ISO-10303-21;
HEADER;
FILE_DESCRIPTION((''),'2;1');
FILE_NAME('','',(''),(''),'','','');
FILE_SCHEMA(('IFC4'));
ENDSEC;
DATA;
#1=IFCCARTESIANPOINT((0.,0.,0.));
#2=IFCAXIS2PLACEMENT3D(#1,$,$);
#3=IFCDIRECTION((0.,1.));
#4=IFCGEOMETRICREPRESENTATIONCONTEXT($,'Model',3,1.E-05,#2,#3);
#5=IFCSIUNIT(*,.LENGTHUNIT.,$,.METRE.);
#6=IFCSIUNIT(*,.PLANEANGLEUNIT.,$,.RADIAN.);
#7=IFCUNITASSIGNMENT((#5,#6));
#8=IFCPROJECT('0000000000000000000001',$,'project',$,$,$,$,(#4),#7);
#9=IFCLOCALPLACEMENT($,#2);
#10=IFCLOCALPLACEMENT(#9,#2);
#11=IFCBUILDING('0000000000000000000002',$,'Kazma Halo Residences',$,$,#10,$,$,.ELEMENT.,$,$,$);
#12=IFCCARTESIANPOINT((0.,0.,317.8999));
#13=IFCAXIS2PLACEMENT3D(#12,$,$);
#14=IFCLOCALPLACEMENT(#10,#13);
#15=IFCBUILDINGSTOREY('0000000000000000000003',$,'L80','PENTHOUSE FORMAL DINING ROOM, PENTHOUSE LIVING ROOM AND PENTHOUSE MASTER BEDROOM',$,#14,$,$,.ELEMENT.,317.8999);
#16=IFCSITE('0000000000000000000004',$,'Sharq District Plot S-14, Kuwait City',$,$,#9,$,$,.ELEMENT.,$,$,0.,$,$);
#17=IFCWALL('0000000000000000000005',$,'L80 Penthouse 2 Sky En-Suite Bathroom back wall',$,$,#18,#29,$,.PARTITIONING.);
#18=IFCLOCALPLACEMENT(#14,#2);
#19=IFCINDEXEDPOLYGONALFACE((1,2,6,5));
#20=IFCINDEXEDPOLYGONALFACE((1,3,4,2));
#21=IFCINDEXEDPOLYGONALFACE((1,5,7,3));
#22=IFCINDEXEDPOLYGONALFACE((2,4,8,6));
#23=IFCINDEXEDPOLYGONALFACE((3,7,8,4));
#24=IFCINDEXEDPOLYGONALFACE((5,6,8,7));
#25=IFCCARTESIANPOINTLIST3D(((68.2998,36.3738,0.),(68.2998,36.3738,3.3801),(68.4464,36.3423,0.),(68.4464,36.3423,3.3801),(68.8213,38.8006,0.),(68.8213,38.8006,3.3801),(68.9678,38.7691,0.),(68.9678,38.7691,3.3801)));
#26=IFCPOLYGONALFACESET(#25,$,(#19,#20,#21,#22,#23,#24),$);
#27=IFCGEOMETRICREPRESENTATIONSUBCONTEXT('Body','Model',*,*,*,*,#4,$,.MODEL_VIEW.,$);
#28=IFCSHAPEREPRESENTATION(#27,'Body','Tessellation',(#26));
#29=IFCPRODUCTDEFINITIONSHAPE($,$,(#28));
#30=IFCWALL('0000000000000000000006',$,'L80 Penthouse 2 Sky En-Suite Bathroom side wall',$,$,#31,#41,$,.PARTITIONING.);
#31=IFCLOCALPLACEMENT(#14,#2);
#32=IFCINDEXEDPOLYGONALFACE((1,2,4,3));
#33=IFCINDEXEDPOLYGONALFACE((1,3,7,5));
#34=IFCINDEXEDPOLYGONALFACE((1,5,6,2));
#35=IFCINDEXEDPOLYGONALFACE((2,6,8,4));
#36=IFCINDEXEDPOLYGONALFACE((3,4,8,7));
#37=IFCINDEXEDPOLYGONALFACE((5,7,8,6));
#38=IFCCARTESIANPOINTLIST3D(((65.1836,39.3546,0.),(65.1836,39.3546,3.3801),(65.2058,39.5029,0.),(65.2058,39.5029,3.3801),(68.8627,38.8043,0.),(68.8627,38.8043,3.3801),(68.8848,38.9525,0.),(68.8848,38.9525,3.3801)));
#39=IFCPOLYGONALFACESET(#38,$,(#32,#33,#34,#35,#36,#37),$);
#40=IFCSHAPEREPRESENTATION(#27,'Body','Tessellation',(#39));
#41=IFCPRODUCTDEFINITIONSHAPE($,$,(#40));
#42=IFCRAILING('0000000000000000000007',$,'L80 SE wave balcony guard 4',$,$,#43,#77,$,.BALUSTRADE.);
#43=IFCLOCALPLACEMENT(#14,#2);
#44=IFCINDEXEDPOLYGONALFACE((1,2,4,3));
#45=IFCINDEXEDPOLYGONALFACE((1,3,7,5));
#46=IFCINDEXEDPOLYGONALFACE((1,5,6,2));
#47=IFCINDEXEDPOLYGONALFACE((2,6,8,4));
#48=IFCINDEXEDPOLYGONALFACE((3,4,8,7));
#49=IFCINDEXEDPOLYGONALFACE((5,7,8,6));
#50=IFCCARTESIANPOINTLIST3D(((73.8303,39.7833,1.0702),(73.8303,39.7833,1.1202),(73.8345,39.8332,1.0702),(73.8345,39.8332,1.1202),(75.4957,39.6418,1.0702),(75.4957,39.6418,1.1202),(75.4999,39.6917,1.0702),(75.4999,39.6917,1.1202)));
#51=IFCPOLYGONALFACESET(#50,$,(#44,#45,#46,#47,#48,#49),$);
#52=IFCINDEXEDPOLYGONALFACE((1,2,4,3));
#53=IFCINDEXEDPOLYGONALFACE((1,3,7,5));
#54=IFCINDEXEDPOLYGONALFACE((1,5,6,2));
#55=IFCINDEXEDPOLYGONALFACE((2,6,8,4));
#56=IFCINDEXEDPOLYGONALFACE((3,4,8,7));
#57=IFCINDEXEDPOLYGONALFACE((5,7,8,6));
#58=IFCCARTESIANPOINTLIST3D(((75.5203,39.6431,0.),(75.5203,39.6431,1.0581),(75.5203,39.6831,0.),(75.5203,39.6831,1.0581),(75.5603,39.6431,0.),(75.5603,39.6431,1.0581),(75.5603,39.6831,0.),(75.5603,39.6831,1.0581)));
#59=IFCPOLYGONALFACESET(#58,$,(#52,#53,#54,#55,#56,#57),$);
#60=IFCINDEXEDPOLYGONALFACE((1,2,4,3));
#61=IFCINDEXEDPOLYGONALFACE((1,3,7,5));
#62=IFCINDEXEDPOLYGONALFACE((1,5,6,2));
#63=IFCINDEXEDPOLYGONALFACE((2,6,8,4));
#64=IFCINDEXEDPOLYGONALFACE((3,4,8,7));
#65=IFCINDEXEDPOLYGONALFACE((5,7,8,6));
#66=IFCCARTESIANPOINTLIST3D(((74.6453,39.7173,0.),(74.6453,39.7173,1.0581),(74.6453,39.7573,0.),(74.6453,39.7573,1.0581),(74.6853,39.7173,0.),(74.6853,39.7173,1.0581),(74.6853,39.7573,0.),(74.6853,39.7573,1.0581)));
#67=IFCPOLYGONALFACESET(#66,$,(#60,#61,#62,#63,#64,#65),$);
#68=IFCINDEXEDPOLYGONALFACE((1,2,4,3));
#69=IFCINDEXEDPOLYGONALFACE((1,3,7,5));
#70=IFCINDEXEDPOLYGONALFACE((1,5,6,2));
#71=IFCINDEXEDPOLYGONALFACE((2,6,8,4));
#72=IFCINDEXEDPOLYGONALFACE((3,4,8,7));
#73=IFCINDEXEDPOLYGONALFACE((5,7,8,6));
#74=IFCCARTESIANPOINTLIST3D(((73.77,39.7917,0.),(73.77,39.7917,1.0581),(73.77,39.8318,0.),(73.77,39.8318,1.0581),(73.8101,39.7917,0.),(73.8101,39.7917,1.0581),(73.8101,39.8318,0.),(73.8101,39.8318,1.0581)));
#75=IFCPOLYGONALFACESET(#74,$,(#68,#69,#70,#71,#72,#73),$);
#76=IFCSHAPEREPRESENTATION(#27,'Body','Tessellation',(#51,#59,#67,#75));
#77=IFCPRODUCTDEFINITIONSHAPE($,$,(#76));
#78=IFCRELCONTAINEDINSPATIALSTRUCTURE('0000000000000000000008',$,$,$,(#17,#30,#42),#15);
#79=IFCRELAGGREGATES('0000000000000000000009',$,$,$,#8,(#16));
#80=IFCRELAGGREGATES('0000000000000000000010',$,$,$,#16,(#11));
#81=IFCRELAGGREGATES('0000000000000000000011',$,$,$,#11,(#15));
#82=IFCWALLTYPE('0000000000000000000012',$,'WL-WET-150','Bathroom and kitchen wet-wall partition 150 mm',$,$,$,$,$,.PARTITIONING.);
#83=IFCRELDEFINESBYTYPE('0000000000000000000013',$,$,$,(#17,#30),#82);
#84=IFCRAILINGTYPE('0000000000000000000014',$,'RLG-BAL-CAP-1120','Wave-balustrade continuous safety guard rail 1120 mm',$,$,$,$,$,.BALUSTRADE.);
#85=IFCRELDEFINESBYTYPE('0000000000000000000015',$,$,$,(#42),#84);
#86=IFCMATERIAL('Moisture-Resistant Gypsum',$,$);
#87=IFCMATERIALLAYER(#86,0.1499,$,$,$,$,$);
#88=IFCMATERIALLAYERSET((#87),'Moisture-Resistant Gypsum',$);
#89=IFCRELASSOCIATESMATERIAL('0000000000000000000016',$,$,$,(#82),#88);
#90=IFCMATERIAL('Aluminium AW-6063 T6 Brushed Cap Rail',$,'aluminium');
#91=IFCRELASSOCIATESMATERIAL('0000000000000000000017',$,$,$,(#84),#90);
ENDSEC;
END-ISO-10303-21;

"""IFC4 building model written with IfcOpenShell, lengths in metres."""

from ifc_helpers import new_model, si_unit, direction, frame, frame_2d, origin, origin_2d, place, context, subcontext, project, spatial, rectangle, extrude, material, layer, layer_set, type_object, element, save


model = new_model("IFC4")

# Units and contexts
model_context = context("Model", 3, precision=1e-05, world=origin(), true_north=direction((0.0, 1.0)))
body_context = subcontext(model_context, "Body", "Model", "MODEL_VIEW")
ifc_project = project(units=[si_unit("LENGTHUNIT", "METRE"), si_unit("PLANEANGLEUNIT", "RADIAN")], contexts=[model_context])

# Site, building, storey
site_placement = place(None, origin())
site = spatial("IfcSite", under=ifc_project, at=site_placement, Name="Sharq District Plot S-14, Kuwait City", CompositionType="ELEMENT", RefElevation=0.0)
building_placement = place(site_placement, origin())
building = spatial("IfcBuilding", under=site, at=building_placement, Name="Kazma Halo Residences", CompositionType="ELEMENT")
storey_placement = place(building_placement, frame((0.0, 0.0, 317.8999)))
storey = spatial("IfcBuildingStorey", under=building, at=storey_placement, Name="L80", Description="PENTHOUSE FORMAL DINING ROOM, PENTHOUSE LIVING ROOM AND PENTHOUSE MASTER BEDROOM", CompositionType="ELEMENT", Elevation=317.8999)

# Shared definitions
ifc_material_1 = material(Name="Moisture-Resistant Gypsum")
ifc_layer_1 = layer(ifc_material_1, 0.1499)
ifc_layer_set_1 = layer_set([ifc_layer_1], Name="Moisture-Resistant Gypsum")
wall_type_1 = type_object("IfcWallType", Name="WL-WET-150", Description="Bathroom and kitchen wet-wall partition 150 mm", PredefinedType="PARTITIONING", material=ifc_layer_set_1)

# Walls
wall_1_placement = place(storey_placement, frame((68.373, 36.3579, 0.0), z_axis=(0.0, 0.0, 1.0), x_axis=(0.210093, 0.977681, 0.0)))
element("IfcWall", 1, at=wall_1_placement, inside=storey, type_object=wall_type_1, Name="L80 Penthouse 2 Sky En-Suite Bathroom back wall", PredefinedType="PARTITIONING", context=body_context, shape_type="SweptSolid", body=[
    extrude(rectangle(XDim=2.4822, YDim=0.1499, at=frame_2d((1.2412, 0.0))), origin(), (0.0, 0.0, 1.0), 3.3801),
])
wall_2_placement = place(storey_placement, frame((65.1948, 39.4287, 0.0), z_axis=(0.0, 0.0, 1.0), x_axis=(0.988997, -0.147933, 0.0)))
element("IfcWall", 2, at=wall_2_placement, inside=storey, type_object=wall_type_1, Name="L80 Penthouse 2 Sky En-Suite Bathroom side wall", PredefinedType="PARTITIONING", context=body_context, shape_type="SweptSolid", body=[
    extrude(rectangle(XDim=3.72, YDim=0.1499, at=frame_2d((1.8599, 0.0))), origin(), (0.0, 0.0, 1.0), 3.3801),
])

# Railing
ifc_material_2 = material(Name="Aluminium AW-6063 T6 Brushed Cap Rail", Category="aluminium")
railing_type = type_object("IfcRailingType", Name="RLG-BAL-CAP-1120", Description="Wave-balustrade continuous safety guard rail 1120 mm", PredefinedType="BALUSTRADE", material=ifc_material_2)
railing_placement = place(storey_placement, frame((75.5403, 39.6631, 0.0)))
element("IfcRailing", 3, at=railing_placement, inside=storey, type_object=railing_type, Name="L80 SE wave balcony guard 4", PredefinedType="BALUSTRADE", context=body_context, shape_type="SweptSolid", body=[
    extrude(rectangle(XDim=0.05, YDim=0.05, at=origin_2d()), frame((-0.0425, 0.0037, 1.0952), z_axis=(-0.996411, 0.084644, 0.0), x_axis=(-0.084644, -0.996411, 0.0)), (0.0, 0.0, 1.0), 1.6714),
    extrude(rectangle(XDim=0.04, YDim=0.04, at=origin_2d()), origin(), (0.0, 0.0, 1.0), 1.0581),
    extrude(rectangle(XDim=0.04, YDim=0.04, at=origin_2d()), frame((-0.875, 0.0742, 0.0)), (0.0, 0.0, 1.0), 1.0581),
    extrude(rectangle(XDim=0.04, YDim=0.04, at=origin_2d()), frame((-1.7502, 0.1487, 0.0)), (0.0, 0.0, 1.0), 1.0581),
])

save(model, "model.ifc")
